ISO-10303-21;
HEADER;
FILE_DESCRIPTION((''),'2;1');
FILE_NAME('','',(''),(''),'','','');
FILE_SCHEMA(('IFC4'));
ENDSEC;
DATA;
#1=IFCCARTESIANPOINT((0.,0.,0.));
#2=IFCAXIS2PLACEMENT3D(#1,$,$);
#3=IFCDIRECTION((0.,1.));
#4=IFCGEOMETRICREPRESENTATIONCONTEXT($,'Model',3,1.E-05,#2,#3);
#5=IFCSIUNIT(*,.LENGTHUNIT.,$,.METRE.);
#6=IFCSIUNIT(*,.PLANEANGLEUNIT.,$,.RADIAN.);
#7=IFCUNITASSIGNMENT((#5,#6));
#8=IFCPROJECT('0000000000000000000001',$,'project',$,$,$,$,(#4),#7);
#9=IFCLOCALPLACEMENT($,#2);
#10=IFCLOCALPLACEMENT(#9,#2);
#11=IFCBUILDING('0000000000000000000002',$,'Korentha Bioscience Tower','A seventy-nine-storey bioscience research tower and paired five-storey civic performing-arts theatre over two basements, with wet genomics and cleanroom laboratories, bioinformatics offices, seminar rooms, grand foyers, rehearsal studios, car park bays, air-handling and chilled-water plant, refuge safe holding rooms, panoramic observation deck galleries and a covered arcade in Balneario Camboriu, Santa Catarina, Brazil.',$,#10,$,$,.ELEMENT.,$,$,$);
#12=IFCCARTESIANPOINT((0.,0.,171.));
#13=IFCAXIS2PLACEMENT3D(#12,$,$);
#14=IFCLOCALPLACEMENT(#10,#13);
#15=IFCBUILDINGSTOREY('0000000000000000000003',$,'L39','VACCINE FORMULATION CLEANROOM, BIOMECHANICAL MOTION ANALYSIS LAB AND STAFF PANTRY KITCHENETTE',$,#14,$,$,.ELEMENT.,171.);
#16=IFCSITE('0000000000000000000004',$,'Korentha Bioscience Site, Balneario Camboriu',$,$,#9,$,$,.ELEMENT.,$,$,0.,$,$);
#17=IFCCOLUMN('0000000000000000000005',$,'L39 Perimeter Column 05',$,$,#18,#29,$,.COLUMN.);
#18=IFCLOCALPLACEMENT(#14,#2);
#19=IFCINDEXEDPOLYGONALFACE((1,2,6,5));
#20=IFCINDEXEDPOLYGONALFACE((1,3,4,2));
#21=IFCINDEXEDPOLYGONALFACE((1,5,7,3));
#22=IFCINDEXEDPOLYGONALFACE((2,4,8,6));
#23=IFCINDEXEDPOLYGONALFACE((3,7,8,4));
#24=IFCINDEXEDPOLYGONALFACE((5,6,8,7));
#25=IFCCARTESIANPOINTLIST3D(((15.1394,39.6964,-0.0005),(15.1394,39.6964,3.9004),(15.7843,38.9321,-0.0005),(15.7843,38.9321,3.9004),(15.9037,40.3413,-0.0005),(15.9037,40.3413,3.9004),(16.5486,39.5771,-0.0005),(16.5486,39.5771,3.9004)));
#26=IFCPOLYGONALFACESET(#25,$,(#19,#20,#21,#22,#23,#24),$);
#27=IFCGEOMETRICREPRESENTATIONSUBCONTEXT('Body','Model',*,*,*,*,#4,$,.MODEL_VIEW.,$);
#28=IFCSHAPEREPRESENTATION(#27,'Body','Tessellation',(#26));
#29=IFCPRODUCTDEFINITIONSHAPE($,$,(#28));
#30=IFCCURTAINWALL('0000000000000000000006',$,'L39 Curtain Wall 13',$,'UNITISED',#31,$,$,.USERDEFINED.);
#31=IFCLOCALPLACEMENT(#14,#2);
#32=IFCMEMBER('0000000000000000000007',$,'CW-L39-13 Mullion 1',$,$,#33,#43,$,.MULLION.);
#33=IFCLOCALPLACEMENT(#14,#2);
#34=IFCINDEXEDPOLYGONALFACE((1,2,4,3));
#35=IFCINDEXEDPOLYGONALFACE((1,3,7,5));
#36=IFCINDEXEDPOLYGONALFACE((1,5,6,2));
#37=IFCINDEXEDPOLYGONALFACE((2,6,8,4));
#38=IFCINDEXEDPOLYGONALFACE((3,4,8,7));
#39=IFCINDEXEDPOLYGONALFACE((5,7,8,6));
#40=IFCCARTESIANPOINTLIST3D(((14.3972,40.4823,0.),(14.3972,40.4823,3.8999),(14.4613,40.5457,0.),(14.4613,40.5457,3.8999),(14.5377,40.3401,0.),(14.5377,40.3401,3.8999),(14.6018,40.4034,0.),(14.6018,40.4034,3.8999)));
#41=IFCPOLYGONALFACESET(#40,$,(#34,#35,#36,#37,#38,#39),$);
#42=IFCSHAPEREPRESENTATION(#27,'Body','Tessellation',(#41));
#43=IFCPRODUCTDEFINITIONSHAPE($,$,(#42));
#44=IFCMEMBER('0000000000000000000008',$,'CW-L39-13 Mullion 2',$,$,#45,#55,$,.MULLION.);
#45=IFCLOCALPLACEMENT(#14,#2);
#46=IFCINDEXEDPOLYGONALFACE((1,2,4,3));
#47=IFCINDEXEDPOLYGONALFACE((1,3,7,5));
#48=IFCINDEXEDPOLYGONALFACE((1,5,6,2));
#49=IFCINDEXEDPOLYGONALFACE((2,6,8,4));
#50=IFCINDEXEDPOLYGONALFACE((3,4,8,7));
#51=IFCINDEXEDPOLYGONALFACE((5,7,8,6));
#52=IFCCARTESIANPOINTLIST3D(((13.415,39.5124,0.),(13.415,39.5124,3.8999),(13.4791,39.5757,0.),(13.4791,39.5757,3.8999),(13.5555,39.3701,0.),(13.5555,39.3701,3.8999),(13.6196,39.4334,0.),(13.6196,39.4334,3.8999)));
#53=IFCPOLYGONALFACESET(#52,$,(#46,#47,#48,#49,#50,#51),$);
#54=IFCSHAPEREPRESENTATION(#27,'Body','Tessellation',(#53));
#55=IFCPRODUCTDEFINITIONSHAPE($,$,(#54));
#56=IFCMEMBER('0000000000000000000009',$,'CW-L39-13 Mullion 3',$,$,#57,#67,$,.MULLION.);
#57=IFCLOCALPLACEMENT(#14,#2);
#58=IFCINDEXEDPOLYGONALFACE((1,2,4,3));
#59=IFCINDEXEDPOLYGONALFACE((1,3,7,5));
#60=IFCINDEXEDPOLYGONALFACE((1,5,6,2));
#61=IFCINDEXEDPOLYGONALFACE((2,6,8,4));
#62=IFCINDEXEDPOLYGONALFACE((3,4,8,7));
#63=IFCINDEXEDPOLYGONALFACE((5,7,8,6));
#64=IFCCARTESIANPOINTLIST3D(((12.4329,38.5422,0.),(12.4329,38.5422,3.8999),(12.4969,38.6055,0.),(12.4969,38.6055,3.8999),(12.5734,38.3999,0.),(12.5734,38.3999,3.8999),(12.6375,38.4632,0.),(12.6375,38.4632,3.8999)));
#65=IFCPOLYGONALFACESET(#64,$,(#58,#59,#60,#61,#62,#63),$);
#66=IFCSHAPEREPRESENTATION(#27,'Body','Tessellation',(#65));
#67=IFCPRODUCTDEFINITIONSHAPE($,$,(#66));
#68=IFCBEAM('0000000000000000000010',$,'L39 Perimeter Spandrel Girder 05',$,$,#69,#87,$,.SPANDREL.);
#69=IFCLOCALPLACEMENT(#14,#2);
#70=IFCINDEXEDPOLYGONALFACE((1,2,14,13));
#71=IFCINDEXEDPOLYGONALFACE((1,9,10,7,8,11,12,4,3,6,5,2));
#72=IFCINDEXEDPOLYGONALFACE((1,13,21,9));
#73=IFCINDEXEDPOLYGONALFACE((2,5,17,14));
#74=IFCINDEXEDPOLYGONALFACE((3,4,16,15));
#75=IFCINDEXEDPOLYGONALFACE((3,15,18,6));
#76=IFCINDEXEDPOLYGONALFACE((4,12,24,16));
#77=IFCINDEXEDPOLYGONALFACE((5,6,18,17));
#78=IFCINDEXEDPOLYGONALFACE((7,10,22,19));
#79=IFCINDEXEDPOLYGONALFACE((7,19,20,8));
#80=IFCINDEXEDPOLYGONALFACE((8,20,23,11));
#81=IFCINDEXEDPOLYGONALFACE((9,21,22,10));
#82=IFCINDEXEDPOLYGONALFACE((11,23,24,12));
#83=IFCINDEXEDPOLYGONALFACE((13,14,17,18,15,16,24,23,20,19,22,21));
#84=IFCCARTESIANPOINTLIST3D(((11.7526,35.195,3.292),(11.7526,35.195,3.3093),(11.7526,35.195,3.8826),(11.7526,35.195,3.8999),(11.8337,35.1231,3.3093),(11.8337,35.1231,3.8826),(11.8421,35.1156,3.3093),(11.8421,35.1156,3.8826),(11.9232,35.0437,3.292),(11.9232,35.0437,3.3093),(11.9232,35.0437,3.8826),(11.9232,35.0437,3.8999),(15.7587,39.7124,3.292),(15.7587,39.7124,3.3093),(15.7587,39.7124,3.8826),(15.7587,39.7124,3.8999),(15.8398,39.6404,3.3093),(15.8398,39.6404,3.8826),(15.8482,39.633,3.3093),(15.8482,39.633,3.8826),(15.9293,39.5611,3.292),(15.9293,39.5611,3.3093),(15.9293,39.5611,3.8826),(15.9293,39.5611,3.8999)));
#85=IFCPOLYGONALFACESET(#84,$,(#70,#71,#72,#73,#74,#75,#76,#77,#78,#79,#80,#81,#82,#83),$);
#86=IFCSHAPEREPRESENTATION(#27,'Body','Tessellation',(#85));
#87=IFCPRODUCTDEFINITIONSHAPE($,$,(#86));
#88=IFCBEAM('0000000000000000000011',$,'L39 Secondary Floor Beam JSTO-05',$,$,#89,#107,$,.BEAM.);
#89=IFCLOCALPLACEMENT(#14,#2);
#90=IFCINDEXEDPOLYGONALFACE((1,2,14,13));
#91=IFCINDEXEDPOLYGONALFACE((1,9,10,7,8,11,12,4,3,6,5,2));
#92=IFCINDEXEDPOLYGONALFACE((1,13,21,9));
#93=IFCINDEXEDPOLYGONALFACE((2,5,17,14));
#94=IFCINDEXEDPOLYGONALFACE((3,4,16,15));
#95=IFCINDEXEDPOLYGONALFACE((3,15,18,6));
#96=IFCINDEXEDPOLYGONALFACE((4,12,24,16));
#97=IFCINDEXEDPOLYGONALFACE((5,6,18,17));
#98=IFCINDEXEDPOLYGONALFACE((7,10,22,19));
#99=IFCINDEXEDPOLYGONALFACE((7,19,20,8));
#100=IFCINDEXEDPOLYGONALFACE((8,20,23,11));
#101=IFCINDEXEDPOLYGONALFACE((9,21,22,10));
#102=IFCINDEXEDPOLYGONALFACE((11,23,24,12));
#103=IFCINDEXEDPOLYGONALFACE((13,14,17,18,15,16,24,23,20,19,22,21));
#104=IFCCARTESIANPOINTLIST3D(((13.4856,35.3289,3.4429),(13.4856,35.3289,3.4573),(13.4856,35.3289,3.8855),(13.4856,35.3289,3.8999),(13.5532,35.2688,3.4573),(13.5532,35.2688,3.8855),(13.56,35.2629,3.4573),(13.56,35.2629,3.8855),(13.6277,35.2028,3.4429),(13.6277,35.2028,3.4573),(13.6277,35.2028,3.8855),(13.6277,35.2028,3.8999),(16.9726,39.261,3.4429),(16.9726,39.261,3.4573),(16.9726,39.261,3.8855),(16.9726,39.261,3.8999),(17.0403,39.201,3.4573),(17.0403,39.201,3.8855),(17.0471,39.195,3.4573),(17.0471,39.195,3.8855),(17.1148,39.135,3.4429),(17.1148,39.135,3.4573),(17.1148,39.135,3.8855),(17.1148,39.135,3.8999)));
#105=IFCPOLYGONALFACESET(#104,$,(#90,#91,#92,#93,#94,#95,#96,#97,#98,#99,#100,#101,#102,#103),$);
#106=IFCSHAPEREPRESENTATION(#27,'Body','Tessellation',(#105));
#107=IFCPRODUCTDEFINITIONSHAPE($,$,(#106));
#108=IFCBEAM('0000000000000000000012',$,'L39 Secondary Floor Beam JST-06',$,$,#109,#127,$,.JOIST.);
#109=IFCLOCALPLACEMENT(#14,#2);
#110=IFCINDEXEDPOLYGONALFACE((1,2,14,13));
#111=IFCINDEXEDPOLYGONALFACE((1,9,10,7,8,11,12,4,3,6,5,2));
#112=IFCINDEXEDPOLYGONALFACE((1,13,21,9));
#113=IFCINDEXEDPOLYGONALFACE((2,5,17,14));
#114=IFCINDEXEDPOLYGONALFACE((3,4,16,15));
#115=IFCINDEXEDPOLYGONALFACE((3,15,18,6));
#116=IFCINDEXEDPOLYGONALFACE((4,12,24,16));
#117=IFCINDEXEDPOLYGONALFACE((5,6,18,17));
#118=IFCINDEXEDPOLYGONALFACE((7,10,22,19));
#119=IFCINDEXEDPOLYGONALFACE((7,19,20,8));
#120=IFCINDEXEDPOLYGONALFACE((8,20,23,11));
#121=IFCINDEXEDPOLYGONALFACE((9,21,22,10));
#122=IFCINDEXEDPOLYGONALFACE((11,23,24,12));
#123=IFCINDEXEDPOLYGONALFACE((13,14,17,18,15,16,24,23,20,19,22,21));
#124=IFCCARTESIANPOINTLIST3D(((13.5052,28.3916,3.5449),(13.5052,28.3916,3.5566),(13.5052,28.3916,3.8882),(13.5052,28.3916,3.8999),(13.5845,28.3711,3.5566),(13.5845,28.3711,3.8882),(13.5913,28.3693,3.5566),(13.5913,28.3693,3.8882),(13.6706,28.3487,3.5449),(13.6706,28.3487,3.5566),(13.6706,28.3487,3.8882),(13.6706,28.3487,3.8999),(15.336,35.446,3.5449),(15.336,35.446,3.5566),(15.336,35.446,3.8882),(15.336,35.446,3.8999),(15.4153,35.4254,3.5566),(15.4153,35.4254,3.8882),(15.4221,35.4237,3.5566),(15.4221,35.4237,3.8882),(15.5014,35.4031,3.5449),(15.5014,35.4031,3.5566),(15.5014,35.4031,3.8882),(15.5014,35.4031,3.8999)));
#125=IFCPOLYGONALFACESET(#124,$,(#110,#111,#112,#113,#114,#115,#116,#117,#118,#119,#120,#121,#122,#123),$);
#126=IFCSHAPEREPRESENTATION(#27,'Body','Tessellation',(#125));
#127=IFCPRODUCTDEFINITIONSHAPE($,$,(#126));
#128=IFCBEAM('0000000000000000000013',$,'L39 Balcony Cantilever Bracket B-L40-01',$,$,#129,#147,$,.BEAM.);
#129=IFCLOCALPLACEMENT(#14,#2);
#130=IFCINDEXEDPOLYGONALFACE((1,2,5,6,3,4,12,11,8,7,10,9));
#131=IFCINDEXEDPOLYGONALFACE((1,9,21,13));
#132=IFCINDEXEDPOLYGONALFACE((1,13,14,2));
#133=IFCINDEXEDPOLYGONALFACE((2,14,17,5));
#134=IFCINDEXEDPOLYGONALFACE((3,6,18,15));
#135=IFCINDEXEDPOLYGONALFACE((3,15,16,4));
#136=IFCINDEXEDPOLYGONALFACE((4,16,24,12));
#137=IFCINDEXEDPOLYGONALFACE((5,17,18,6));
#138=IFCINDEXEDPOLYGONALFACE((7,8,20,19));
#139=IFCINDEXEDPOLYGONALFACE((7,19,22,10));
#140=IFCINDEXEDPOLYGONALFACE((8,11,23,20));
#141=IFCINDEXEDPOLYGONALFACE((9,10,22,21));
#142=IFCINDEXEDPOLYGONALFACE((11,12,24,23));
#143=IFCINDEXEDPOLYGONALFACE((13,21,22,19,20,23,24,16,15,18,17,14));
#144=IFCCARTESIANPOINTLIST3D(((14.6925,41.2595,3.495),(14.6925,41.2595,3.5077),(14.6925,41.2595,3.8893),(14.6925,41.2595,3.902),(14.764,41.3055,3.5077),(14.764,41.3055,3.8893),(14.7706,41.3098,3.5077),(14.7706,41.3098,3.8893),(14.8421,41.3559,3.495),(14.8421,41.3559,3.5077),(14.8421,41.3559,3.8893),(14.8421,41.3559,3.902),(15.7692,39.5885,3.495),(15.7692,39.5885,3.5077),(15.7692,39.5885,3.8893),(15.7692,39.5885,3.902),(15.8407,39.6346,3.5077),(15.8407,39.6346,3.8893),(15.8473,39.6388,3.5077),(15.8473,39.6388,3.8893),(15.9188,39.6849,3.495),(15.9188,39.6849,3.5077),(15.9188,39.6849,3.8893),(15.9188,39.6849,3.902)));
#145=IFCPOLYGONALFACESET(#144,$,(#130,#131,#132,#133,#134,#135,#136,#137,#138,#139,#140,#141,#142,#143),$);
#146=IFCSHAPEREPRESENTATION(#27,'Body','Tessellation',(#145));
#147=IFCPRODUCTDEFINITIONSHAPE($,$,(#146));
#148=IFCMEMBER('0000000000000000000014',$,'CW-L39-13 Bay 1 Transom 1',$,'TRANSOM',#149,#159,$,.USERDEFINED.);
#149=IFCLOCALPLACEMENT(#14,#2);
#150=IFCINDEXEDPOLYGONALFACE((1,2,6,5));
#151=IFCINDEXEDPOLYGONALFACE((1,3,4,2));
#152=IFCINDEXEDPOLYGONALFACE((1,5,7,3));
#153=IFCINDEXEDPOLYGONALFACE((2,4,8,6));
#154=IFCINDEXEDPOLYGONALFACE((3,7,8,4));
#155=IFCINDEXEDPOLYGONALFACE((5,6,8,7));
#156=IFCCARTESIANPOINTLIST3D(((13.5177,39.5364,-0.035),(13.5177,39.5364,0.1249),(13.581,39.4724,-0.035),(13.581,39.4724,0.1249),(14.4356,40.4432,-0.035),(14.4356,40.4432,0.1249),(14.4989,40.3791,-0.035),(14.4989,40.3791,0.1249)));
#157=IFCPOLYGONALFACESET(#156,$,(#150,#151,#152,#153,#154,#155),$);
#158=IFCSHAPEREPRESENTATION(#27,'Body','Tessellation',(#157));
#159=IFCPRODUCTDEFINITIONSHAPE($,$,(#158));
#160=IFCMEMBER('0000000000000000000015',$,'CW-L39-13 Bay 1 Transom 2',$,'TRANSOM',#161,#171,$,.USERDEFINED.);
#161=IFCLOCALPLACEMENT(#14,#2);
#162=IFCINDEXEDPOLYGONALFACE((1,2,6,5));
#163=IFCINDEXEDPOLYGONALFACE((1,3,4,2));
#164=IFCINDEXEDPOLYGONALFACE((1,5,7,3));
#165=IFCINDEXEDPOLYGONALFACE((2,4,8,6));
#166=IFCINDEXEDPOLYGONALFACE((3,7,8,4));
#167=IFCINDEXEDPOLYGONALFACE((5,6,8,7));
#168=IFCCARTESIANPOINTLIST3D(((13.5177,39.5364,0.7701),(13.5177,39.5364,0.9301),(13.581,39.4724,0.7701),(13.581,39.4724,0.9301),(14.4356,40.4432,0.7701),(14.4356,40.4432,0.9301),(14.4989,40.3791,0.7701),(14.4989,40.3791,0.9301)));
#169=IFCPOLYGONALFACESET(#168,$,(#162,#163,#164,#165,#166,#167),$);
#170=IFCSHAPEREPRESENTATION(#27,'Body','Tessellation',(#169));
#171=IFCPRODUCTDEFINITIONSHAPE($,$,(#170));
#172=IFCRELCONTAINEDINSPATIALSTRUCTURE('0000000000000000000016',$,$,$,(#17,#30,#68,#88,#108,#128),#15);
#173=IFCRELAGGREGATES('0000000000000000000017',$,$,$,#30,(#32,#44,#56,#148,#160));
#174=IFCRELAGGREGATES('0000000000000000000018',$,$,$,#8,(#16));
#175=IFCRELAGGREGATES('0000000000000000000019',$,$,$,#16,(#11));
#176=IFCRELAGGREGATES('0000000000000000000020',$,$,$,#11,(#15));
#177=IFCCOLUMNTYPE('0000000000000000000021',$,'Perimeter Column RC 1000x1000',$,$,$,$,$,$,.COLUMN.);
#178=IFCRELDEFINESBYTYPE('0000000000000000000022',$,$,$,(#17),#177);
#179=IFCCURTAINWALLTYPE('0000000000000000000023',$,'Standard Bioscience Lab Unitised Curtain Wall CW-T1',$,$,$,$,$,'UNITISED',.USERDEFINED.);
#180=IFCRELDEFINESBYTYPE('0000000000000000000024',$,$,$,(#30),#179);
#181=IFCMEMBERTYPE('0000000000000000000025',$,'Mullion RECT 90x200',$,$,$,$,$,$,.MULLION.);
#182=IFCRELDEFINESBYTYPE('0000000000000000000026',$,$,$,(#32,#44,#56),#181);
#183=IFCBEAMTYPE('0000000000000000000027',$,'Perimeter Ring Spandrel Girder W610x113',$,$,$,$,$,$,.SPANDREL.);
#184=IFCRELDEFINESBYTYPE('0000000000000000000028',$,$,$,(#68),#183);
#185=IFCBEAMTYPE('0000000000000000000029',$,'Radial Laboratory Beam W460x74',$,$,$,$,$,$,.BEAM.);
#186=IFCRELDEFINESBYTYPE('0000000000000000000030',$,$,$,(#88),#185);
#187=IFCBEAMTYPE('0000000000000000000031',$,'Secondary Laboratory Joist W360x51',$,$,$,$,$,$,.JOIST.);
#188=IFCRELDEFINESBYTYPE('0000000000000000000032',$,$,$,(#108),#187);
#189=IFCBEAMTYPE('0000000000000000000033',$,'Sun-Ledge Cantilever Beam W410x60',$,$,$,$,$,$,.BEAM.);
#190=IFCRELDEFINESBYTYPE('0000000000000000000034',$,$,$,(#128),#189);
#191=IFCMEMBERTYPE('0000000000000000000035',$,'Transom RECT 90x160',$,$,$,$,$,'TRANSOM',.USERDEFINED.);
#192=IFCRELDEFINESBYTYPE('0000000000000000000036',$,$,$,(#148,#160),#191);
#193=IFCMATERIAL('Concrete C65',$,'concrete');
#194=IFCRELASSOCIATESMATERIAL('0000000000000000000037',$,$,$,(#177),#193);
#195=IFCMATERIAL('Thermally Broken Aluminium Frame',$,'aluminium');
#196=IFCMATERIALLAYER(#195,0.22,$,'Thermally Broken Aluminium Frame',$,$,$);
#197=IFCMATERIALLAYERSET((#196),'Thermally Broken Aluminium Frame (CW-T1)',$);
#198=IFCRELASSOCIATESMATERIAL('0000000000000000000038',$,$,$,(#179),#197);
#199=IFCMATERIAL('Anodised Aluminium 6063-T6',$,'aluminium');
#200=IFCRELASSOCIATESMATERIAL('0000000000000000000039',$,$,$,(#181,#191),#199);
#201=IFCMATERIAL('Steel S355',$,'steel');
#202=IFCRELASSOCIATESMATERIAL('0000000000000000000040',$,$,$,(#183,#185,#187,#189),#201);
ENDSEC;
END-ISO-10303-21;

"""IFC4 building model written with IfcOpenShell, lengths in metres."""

from ifc_helpers import new_model, si_unit, direction, frame, origin, origin_2d, place, context, subcontext, project, spatial, rectangle, i_section, extrude, material, layer, layer_set, material_profile, profile_set, type_object, element, aggregate, save


model = new_model("IFC4")

# Units and contexts
model_context = context("Model", 3, precision=1e-05, world=origin(), true_north=direction((0.0, 1.0)))
body_context = subcontext(model_context, "Body", "Model", "MODEL_VIEW")
ifc_project = project(units=[si_unit("LENGTHUNIT", "METRE"), si_unit("PLANEANGLEUNIT", "RADIAN")], contexts=[model_context])

# Site, building, storey
site_placement = place(None, origin())
site = spatial("IfcSite", under=ifc_project, at=site_placement, Name="Korentha Bioscience Site, Balneario Camboriu", CompositionType="ELEMENT", RefElevation=0.0)
building_placement = place(site_placement, origin())
building = spatial("IfcBuilding", under=site, at=building_placement, Name="Korentha Bioscience Tower", Description="A seventy-nine-storey bioscience research tower and paired five-storey civic performing-arts theatre over two basements, with wet genomics and cleanroom laboratories, bioinformatics offices, seminar rooms, grand foyers, rehearsal studios, car park bays, air-handling and chilled-water plant, refuge safe holding rooms, panoramic observation deck galleries and a covered arcade in Balneario Camboriu, Santa Catarina, Brazil.", CompositionType="ELEMENT")
storey_placement = place(building_placement, frame((0.0, 0.0, 171.0)))
storey = spatial("IfcBuildingStorey", under=building, at=storey_placement, Name="L39", Description="VACCINE FORMULATION CLEANROOM, BIOMECHANICAL MOTION ANALYSIS LAB AND STAFF PANTRY KITCHENETTE", CompositionType="ELEMENT", Elevation=171.0)

# Column
ifc_material_1 = material(Name="Concrete C65", Category="concrete")
ifc_material_profile_1 = material_profile(ifc_material_1, rectangle(XDim=1.0, YDim=1.0, at=origin_2d()), Name="Concrete C65")
ifc_profile_set_1 = profile_set([ifc_material_profile_1], Name="Concrete C65 (COL-P10)")
column_type = type_object("IfcColumnType", Name="Perimeter Column RC 1000x1000", PredefinedType="COLUMN", material=ifc_profile_set_1)
column_placement = place(storey_placement, frame((15.844, 39.6367, -0.0005), z_axis=(0.0, 0.0, 1.0), x_axis=(0.764246, 0.644924, 0.0)))
element("IfcColumn", 1, at=column_placement, inside=storey, type_object=column_type, Name="L39 Perimeter Column 05", PredefinedType="COLUMN", context=body_context, shape_type="SweptSolid", body=[
    extrude(rectangle(XDim=1.0, YDim=1.0, at=origin_2d()), origin(), (0.0, 0.0, 1.0), 3.9009),
])

# Curtain wall, members
ifc_material_2 = material(Name="Thermally Broken Aluminium Frame", Category="aluminium")
ifc_layer_1 = layer(ifc_material_2, 0.22, Name="Thermally Broken Aluminium Frame")
ifc_layer_set_1 = layer_set([ifc_layer_1], Name="Thermally Broken Aluminium Frame (CW-T1)")
curtain_wall_type = type_object("IfcCurtainWallType", Name="Standard Bioscience Lab Unitised Curtain Wall CW-T1", ElementType="UNITISED", PredefinedType="USERDEFINED", material=ifc_layer_set_1)
curtain_wall_placement = place(storey_placement, origin())
curtain_wall = element("IfcCurtainWall", 2, at=curtain_wall_placement, inside=storey, type_object=curtain_wall_type, Name="L39 Curtain Wall 13", ObjectType="UNITISED", PredefinedType="USERDEFINED")
ifc_material_3 = material(Name="Anodised Aluminium 6063-T6", Category="aluminium")
ifc_material_profile_2 = material_profile(ifc_material_3, rectangle(XDim=0.0901, YDim=0.2, at=origin_2d()), Name="Anodised Aluminium 6063-T6")
ifc_profile_set_2 = profile_set([ifc_material_profile_2], Name="Anodised Aluminium 6063-T6 (CW-MUL)")
member_type_1 = type_object("IfcMemberType", Name="Mullion RECT 90x200", PredefinedType="MULLION", material=ifc_profile_set_2)
member_1_placement = place(storey_placement, frame((14.4995, 40.4429, 0.0), z_axis=(0.0, 0.0, 1.0), x_axis=(-0.711461, -0.702726, 0.0)))
member_1 = element("IfcMember", 3, at=member_1_placement, type_object=member_type_1, Name="CW-L39-13 Mullion 1", PredefinedType="MULLION", context=body_context, shape_type="SweptSolid", body=[
    extrude(rectangle(XDim=0.0901, YDim=0.2, at=origin_2d()), origin(), (0.0, 0.0, 1.0), 3.8999),
])
member_2_placement = place(storey_placement, frame((13.5173, 39.4729, 0.0), z_axis=(0.0, 0.0, 1.0), x_axis=(-0.711461, -0.702726, 0.0)))
member_2 = element("IfcMember", 4, at=member_2_placement, type_object=member_type_1, Name="CW-L39-13 Mullion 2", PredefinedType="MULLION", context=body_context, shape_type="SweptSolid", body=[
    extrude(rectangle(XDim=0.0901, YDim=0.2, at=origin_2d()), origin(), (0.0, 0.0, 1.0), 3.8999),
])
member_3_placement = place(storey_placement, frame((12.5352, 38.5027, 0.0), z_axis=(0.0, 0.0, 1.0), x_axis=(-0.711461, -0.702726, 0.0)))
member_3 = element("IfcMember", 5, at=member_3_placement, type_object=member_type_1, Name="CW-L39-13 Mullion 3", PredefinedType="MULLION", context=body_context, shape_type="SweptSolid", body=[
    extrude(rectangle(XDim=0.0901, YDim=0.2, at=origin_2d()), origin(), (0.0, 0.0, 1.0), 3.8999),
])

# Beams
ifc_material_4 = material(Name="Steel S355", Category="steel")
ifc_material_profile_3 = material_profile(ifc_material_4, i_section(OverallWidth=0.228, OverallDepth=0.6079, WebThickness=0.0112, FlangeThickness=0.0173, at=origin_2d()), Name="Steel S355")
ifc_profile_set_3 = profile_set([ifc_material_profile_3], Name="Steel S355 (SB-610)")
beam_type_1 = type_object("IfcBeamType", Name="Perimeter Ring Spandrel Girder W610x113", PredefinedType="SPANDREL", material=ifc_profile_set_3)
beam_1_placement = place(storey_placement, frame((15.844, 39.6367, 3.5959), z_axis=(-0.663503, -0.748174, 0.0), x_axis=(0.748174, -0.663503, 0.0)))
element("IfcBeam", 6, at=beam_1_placement, inside=storey, type_object=beam_type_1, Name="L39 Perimeter Spandrel Girder 05", PredefinedType="SPANDREL", context=body_context, shape_type="SweptSolid", body=[
    extrude(i_section(OverallWidth=0.228, OverallDepth=0.6079, WebThickness=0.0112, FlangeThickness=0.0173, at=origin_2d()), origin(), (0.0, 0.0, 1.0), 6.0378),
])
ifc_material_profile_4 = material_profile(ifc_material_4, i_section(OverallWidth=0.1899, OverallDepth=0.457, WebThickness=0.009, FlangeThickness=0.0144, at=origin_2d()), Name="Steel S355")
ifc_profile_set_4 = profile_set([ifc_material_profile_4], Name="Steel S355 (RB-460)")
beam_type_2 = type_object("IfcBeamType", Name="Radial Laboratory Beam W460x74", PredefinedType="BEAM", material=ifc_profile_set_4)
beam_2_placement = place(storey_placement, frame((17.0437, 39.198, 3.6714), z_axis=(-0.663496, -0.74818, 0.0), x_axis=(0.74818, -0.663496, 0.0)))
element("IfcBeam", 7, at=beam_2_placement, inside=storey, type_object=beam_type_2, Name="L39 Secondary Floor Beam JSTO-05", PredefinedType="BEAM", context=body_context, shape_type="SweptSolid", body=[
    extrude(i_section(OverallWidth=0.1899, OverallDepth=0.457, WebThickness=0.009, FlangeThickness=0.0144, at=origin_2d()), origin(), (0.0, 0.0, 1.0), 5.2556),
])
ifc_material_profile_5 = material_profile(ifc_material_4, i_section(OverallWidth=0.1709, OverallDepth=0.355, WebThickness=0.0071, FlangeThickness=0.0117, at=origin_2d()), Name="Steel S355")
ifc_profile_set_5 = profile_set([ifc_material_profile_5], Name="Steel S355 (JB-360)")
beam_type_3 = type_object("IfcBeamType", Name="Secondary Laboratory Joist W360x51", PredefinedType="JOIST", material=ifc_profile_set_5)
beam_3_placement = place(storey_placement, frame((15.4187, 35.4246, 3.7224), z_axis=(-0.251204, -0.967934, 0.0), x_axis=(0.967934, -0.251204, 0.0)))
element("IfcBeam", 8, at=beam_3_placement, inside=storey, type_object=beam_type_3, Name="L39 Secondary Floor Beam JST-06", PredefinedType="JOIST", context=body_context, shape_type="SweptSolid", body=[
    extrude(i_section(OverallWidth=0.1709, OverallDepth=0.355, WebThickness=0.0071, FlangeThickness=0.0117, at=origin_2d()), origin(), (0.0, 0.0, 1.0), 7.2881),
])
ifc_material_profile_6 = material_profile(ifc_material_4, i_section(OverallWidth=0.178, OverallDepth=0.407, WebThickness=0.0078, FlangeThickness=0.0127, at=origin_2d()), Name="Steel S355")
ifc_profile_set_6 = profile_set([ifc_material_profile_6], Name="Steel S355 (CB-410)")
beam_type_4 = type_object("IfcBeamType", Name="Sun-Ledge Cantilever Beam W410x60", PredefinedType="BEAM", material=ifc_profile_set_6)
beam_4_placement = place(storey_placement, frame((15.844, 39.6367, 3.6985), z_axis=(-0.541651, 0.840603, 0.0), x_axis=(-0.840603, -0.541651, 0.0)))
element("IfcBeam", 9, at=beam_4_placement, inside=storey, type_object=beam_type_4, Name="L39 Balcony Cantilever Bracket B-L40-01", PredefinedType="BEAM", context=body_context, shape_type="SweptSolid", body=[
    extrude(i_section(OverallWidth=0.178, OverallDepth=0.407, WebThickness=0.0078, FlangeThickness=0.0127, at=origin_2d()), origin(), (0.0, 0.0, 1.0), 1.9878),
])

# Members
ifc_material_profile_7 = material_profile(ifc_material_3, rectangle(XDim=0.0901, YDim=0.1599, at=origin_2d()), Name="Anodised Aluminium 6063-T6")
ifc_profile_set_7 = profile_set([ifc_material_profile_7], Name="Anodised Aluminium 6063-T6 (CW-TRN)")
member_type_2 = type_object("IfcMemberType", Name="Transom RECT 90x160", ElementType="TRANSOM", PredefinedType="USERDEFINED", material=ifc_profile_set_7)
member_4_placement = place(storey_placement, frame((14.4673, 40.4111, 0.0449), z_axis=(-0.711445, -0.702741, 0.0), x_axis=(0.702741, -0.711445, 0.0)))
member_4 = element("IfcMember", 10, at=member_4_placement, type_object=member_type_2, Name="CW-L39-13 Bay 1 Transom 1", ObjectType="TRANSOM", PredefinedType="USERDEFINED", context=body_context, shape_type="SweptSolid", body=[
    extrude(rectangle(XDim=0.0901, YDim=0.1599, at=origin_2d()), origin(), (0.0, 0.0, 1.0), 1.2903),
])
member_5_placement = place(storey_placement, frame((14.4673, 40.4111, 0.8501), z_axis=(-0.711445, -0.702741, 0.0), x_axis=(0.702741, -0.711445, 0.0)))
member_5 = element("IfcMember", 11, at=member_5_placement, type_object=member_type_2, Name="CW-L39-13 Bay 1 Transom 2", ObjectType="TRANSOM", PredefinedType="USERDEFINED", context=body_context, shape_type="SweptSolid", body=[
    extrude(rectangle(XDim=0.0901, YDim=0.1599, at=origin_2d()), origin(), (0.0, 0.0, 1.0), 1.2903),
])

aggregate(curtain_wall, [member_1, member_2, member_3, member_4, member_5])

save(model, "model.ifc")
